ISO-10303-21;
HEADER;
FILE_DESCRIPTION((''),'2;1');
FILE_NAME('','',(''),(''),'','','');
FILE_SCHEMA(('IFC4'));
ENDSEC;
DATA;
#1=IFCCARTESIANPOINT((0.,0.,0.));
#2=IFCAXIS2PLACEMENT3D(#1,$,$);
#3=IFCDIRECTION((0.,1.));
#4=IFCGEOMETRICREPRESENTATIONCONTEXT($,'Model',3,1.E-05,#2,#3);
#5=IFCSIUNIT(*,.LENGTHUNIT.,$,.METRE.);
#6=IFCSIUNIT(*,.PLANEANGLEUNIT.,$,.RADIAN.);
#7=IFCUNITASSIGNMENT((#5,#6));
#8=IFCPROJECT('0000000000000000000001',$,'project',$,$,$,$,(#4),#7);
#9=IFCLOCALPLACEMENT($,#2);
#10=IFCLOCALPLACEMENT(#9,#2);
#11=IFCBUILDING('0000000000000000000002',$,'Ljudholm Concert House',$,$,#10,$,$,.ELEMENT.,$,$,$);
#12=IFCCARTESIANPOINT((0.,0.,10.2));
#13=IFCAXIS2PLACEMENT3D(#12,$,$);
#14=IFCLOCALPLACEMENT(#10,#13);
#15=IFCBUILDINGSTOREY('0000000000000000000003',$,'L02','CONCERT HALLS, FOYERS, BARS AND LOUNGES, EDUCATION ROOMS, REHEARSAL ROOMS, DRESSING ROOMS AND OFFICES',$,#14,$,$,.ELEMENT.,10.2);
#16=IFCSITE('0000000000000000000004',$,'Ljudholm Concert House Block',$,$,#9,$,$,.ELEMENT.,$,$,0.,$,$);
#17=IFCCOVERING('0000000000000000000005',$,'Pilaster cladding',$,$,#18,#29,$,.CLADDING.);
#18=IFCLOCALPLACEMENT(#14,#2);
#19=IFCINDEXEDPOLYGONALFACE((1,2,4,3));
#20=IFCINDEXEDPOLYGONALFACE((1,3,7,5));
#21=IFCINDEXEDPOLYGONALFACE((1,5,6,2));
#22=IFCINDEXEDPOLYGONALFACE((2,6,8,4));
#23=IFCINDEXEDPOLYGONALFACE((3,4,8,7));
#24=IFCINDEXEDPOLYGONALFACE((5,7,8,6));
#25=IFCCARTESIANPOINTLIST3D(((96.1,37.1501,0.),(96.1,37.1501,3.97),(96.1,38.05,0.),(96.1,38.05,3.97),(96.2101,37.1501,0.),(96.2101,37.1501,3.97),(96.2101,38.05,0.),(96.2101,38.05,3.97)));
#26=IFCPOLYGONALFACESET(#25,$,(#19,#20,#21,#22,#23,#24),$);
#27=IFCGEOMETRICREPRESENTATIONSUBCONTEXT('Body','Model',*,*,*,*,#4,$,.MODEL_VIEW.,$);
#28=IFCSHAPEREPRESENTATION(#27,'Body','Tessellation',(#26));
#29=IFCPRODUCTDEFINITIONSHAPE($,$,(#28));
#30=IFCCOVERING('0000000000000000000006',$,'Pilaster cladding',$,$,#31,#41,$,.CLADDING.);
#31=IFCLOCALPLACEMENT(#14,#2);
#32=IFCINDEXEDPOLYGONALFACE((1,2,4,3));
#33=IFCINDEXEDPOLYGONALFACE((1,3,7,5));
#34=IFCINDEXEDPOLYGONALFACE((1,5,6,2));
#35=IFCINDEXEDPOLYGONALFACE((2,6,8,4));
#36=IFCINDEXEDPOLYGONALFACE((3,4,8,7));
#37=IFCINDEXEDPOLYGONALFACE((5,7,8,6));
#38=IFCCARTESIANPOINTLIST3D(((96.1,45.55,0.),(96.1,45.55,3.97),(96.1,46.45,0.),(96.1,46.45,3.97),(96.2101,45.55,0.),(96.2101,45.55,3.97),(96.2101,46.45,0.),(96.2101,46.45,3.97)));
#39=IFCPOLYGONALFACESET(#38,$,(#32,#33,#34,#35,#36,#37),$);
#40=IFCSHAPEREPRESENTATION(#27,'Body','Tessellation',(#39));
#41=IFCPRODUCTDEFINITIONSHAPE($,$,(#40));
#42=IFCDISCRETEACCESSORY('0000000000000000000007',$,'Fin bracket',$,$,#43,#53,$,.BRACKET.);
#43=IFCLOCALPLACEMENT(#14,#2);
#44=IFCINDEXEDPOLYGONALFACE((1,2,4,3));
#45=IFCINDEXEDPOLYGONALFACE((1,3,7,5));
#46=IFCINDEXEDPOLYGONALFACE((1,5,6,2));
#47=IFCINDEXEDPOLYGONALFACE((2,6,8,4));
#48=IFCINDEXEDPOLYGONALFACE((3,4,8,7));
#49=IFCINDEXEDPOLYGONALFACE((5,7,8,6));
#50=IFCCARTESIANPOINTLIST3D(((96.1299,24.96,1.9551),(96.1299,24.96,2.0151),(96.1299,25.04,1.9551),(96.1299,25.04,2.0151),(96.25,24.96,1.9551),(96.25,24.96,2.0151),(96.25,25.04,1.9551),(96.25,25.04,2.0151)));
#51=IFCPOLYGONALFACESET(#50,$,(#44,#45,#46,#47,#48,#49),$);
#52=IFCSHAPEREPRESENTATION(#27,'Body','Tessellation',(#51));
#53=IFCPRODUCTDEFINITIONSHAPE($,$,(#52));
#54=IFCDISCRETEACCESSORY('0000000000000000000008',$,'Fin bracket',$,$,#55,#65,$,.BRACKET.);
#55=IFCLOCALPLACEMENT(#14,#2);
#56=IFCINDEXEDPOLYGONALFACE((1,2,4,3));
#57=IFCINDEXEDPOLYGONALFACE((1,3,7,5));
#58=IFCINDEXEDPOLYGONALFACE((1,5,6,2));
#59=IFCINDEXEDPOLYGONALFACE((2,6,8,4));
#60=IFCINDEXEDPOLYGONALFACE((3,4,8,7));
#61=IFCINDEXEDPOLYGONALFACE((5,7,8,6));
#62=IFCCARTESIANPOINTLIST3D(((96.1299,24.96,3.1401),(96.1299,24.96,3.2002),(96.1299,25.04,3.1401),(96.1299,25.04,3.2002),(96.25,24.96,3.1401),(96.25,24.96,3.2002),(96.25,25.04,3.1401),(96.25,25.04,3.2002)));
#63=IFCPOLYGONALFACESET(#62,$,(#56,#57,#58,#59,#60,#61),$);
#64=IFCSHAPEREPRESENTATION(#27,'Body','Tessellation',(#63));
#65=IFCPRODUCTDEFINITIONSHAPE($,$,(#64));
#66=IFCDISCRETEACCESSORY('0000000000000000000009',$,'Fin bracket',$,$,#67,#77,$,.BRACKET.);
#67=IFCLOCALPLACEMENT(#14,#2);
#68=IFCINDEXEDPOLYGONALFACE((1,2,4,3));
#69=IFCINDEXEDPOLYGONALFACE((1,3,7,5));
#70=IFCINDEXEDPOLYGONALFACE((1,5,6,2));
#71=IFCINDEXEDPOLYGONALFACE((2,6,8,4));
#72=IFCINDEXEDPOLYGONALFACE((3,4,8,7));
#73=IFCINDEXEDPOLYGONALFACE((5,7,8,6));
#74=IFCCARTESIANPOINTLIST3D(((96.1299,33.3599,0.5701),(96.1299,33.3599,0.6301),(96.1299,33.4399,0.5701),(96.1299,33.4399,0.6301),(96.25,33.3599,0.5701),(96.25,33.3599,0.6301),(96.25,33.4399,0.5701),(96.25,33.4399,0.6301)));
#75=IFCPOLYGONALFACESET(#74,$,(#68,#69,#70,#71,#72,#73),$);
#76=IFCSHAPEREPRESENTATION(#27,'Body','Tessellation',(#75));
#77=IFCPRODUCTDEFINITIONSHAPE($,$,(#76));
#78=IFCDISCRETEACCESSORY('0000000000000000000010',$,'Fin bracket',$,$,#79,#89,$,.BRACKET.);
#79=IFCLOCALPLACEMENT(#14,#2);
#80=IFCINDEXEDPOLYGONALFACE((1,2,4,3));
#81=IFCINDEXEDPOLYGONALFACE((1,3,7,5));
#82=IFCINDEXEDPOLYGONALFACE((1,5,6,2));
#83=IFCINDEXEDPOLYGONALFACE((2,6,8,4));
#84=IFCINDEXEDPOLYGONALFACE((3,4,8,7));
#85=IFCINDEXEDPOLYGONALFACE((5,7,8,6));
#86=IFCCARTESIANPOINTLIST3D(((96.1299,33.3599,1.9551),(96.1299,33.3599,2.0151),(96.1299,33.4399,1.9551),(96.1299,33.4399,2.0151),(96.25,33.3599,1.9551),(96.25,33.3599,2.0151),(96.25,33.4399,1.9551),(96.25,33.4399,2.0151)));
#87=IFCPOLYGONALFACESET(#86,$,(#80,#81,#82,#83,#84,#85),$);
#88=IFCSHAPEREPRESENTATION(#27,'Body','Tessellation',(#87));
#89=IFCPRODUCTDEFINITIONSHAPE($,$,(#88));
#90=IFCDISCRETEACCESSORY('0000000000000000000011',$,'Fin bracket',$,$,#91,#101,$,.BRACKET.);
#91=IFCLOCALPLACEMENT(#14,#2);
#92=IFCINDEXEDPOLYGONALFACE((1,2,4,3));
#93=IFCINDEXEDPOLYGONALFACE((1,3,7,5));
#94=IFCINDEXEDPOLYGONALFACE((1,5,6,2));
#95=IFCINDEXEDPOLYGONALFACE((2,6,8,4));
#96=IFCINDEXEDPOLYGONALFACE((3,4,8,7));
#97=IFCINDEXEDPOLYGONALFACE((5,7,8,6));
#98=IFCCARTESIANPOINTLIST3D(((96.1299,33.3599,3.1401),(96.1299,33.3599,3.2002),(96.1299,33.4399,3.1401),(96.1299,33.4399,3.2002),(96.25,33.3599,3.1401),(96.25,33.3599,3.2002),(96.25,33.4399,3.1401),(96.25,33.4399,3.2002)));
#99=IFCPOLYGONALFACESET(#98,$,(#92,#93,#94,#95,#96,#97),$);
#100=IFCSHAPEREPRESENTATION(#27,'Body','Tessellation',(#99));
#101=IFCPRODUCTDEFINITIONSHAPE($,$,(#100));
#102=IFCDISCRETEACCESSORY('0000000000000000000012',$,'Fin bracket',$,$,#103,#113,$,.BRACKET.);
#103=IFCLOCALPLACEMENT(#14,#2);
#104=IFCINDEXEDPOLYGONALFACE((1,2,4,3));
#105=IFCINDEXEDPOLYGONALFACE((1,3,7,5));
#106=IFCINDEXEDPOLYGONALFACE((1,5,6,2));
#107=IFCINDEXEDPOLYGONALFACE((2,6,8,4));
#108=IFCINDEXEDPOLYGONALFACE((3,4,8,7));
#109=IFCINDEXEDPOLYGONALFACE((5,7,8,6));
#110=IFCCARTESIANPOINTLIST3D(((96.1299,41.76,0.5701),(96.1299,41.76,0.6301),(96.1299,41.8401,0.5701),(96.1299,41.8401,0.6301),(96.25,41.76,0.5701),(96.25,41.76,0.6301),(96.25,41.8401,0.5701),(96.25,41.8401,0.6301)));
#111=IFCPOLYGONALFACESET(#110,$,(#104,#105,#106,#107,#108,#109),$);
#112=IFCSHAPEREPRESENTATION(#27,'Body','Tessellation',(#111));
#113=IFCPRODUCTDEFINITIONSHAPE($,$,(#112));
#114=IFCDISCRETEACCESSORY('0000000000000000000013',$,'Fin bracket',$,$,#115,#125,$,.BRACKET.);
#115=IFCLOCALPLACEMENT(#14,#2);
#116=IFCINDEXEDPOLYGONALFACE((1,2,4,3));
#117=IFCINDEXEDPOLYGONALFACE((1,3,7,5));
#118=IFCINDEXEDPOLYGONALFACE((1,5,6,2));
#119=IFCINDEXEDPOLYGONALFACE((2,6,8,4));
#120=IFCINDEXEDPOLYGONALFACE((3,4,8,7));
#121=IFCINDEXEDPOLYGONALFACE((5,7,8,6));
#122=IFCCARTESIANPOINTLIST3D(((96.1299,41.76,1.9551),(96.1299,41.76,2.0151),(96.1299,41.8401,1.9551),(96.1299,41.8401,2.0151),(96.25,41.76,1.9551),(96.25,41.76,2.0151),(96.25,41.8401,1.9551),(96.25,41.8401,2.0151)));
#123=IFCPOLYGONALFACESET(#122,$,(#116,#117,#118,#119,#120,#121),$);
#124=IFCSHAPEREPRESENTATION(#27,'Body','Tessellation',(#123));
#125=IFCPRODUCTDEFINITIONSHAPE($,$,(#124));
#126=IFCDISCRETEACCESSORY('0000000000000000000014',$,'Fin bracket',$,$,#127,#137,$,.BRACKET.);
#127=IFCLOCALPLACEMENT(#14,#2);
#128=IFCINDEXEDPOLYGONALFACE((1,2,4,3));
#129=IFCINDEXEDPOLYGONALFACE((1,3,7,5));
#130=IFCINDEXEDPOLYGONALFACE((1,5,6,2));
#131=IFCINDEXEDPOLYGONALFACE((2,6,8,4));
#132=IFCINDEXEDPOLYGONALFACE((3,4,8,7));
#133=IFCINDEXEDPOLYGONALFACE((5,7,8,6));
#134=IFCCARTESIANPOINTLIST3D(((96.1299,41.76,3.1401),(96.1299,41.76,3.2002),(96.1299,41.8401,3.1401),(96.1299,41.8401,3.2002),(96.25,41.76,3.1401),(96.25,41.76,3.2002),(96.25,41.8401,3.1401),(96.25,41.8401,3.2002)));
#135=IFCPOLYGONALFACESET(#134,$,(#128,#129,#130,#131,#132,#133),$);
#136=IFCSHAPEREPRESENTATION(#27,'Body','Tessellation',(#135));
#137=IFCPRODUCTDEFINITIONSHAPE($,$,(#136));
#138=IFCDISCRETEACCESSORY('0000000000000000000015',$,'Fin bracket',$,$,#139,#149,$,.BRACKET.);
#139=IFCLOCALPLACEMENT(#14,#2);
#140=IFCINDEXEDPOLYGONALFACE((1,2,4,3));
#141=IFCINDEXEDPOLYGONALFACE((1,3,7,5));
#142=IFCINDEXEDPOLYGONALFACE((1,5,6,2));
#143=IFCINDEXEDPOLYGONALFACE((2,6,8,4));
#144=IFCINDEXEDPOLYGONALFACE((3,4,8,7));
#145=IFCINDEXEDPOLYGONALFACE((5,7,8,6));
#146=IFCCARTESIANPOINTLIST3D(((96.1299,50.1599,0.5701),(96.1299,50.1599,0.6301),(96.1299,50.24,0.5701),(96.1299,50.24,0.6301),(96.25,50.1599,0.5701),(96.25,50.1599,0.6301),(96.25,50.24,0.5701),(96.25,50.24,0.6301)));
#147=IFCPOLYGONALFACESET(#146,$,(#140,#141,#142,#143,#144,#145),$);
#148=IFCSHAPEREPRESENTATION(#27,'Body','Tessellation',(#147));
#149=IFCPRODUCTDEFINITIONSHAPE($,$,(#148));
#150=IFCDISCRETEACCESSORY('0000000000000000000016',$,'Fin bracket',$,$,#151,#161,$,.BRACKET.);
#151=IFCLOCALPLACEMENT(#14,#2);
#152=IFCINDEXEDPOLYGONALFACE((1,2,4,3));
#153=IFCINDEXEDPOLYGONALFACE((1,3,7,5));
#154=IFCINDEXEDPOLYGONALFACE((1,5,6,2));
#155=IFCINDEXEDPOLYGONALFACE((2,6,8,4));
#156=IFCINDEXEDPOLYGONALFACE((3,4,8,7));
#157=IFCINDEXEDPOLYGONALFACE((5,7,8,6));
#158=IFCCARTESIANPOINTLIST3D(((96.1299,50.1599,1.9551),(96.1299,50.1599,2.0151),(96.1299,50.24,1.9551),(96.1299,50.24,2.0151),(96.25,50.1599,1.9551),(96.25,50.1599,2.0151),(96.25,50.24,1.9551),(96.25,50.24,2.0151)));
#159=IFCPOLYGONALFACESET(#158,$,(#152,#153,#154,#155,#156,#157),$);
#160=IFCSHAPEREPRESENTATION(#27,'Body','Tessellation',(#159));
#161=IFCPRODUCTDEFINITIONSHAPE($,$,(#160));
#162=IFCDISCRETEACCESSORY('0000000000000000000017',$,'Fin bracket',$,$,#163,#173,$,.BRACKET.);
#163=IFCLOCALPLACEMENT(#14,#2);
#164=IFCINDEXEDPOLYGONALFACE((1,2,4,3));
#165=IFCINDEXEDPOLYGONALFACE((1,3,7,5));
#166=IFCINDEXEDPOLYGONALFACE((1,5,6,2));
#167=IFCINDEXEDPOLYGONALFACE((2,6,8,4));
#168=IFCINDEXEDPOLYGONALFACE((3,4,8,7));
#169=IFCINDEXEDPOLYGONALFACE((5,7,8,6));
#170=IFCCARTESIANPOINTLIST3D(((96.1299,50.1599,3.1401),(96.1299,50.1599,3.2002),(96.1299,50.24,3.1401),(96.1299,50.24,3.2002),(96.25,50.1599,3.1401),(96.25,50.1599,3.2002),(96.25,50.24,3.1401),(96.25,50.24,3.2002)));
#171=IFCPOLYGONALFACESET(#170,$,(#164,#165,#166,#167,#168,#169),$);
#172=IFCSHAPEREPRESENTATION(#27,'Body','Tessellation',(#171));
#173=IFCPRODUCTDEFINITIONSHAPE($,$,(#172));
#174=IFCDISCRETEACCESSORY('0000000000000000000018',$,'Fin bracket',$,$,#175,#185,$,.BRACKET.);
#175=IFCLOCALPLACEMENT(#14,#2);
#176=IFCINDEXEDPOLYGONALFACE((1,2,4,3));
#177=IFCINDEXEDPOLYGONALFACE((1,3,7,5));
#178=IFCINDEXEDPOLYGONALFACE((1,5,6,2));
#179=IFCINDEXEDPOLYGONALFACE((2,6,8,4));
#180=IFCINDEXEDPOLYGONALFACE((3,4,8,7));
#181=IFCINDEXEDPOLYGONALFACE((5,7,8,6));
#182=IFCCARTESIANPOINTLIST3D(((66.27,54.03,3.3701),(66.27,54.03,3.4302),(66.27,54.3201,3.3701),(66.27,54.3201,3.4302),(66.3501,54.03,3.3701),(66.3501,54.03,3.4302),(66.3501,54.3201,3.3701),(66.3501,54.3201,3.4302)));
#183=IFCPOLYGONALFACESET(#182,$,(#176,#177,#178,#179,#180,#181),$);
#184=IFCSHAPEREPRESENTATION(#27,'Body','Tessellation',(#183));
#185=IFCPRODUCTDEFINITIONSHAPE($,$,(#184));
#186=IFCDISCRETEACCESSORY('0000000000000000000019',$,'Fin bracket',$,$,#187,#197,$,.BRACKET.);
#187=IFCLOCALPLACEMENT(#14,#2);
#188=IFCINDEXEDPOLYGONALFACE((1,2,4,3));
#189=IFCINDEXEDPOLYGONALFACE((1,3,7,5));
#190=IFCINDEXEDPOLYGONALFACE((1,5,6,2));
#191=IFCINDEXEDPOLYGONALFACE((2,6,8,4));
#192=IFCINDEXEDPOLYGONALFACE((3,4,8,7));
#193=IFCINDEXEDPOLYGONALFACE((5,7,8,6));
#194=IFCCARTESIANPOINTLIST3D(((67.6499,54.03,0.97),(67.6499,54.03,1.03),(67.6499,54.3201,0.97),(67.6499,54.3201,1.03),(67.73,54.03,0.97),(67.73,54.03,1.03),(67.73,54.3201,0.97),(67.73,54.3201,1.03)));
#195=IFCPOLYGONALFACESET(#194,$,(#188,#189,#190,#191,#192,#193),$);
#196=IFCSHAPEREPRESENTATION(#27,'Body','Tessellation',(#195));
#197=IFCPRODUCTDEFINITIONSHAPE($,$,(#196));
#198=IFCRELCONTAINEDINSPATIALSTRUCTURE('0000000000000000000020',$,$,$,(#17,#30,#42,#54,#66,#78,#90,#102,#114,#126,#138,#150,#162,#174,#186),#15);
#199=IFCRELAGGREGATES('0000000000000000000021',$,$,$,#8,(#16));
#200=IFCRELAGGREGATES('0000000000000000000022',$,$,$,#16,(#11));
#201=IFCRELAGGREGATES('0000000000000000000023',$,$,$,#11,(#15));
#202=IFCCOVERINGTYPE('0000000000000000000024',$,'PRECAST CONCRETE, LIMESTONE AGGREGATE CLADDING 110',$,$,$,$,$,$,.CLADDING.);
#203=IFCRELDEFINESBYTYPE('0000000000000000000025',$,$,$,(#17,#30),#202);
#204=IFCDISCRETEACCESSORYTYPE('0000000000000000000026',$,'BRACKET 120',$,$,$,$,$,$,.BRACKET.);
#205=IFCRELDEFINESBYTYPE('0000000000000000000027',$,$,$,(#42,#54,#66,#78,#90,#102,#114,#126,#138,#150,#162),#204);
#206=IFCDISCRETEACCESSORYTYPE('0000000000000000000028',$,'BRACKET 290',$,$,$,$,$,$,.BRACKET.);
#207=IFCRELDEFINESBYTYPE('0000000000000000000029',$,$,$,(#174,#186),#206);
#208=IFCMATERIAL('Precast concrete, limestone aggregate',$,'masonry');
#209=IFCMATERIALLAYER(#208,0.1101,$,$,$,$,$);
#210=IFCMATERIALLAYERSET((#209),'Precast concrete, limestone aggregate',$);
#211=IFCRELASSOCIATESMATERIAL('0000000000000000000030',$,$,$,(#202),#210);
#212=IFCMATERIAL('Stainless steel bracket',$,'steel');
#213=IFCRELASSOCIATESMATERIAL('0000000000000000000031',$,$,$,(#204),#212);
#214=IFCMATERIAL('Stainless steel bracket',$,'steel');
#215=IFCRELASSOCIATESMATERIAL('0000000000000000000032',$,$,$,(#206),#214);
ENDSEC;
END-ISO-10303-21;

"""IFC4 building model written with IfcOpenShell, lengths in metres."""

from ifc_helpers import new_model, si_unit, direction, frame, origin, origin_2d, place, context, subcontext, project, spatial, rectangle, extrude, material, layer, layer_set, type_object, element, save


model = new_model("IFC4")

# Units and contexts
model_context = context("Model", 3, precision=1e-05, world=origin(), true_north=direction((0.0, 1.0)))
body_context = subcontext(model_context, "Body", "Model", "MODEL_VIEW")
ifc_project = project(units=[si_unit("LENGTHUNIT", "METRE"), si_unit("PLANEANGLEUNIT", "RADIAN")], contexts=[model_context])

# Site, building, storey
site_placement = place(None, origin())
site = spatial("IfcSite", under=ifc_project, at=site_placement, Name="Ljudholm Concert House Block", CompositionType="ELEMENT", RefElevation=0.0)
building_placement = place(site_placement, origin())
building = spatial("IfcBuilding", under=site, at=building_placement, Name="Ljudholm Concert House", CompositionType="ELEMENT")
storey_placement = place(building_placement, frame((0.0, 0.0, 10.2)))
storey = spatial("IfcBuildingStorey", under=building, at=storey_placement, Name="L02", Description="CONCERT HALLS, FOYERS, BARS AND LOUNGES, EDUCATION ROOMS, REHEARSAL ROOMS, DRESSING ROOMS AND OFFICES", CompositionType="ELEMENT", Elevation=10.2)

# Coverings
ifc_material_1 = material(Name="Precast concrete, limestone aggregate", Category="masonry")
ifc_layer = layer(ifc_material_1, 0.1101)
ifc_layer_set = layer_set([ifc_layer], Name="Precast concrete, limestone aggregate")
covering_type = type_object("IfcCoveringType", Name="PRECAST CONCRETE, LIMESTONE AGGREGATE CLADDING 110", PredefinedType="CLADDING", material=ifc_layer_set)
for number, where, z_axis, x_axis, name in (
    (1, (96.155, 37.6001, 0.0), (0.0, 0.0, 1.0), (-1.0, 0.0, 0.0), "Pilaster cladding"),
    (2, (96.155, 46.0, 0.0), (0.0, 0.0, 1.0), (-1.0, 0.0, 0.0), "Pilaster cladding"),
):
    element("IfcCovering", number, at=place(storey_placement, frame(where, z_axis=z_axis, x_axis=x_axis)), inside=storey, type_object=covering_type, Name=name, PredefinedType="CLADDING", context=body_context, shape_type="SweptSolid", body=[
        extrude(rectangle(XDim=0.1101, YDim=0.8999, at=origin_2d()), origin(), (0.0, 0.0, 1.0), 3.97),
    ])

# Discrete accessories
ifc_material_2 = material(Name="Stainless steel bracket", Category="steel")
discrete_accessory_type_1 = type_object("IfcDiscreteAccessoryType", Name="BRACKET 120", PredefinedType="BRACKET", material=ifc_material_2)
for number, where, z_axis, x_axis, name in (
    (3, (96.1899, 25.0, 1.9551), (0.0, 0.0, 1.0), (-1.0, 0.0, 0.0), "Fin bracket"),
    (4, (96.1899, 25.0, 3.1401), (0.0, 0.0, 1.0), (-1.0, 0.0, 0.0), "Fin bracket"),
    (5, (96.1899, 33.3999, 0.5701), (0.0, 0.0, 1.0), (-1.0, 0.0, 0.0), "Fin bracket"),
    (6, (96.1899, 33.3999, 1.9551), (0.0, 0.0, 1.0), (-1.0, 0.0, 0.0), "Fin bracket"),
    (7, (96.1899, 33.3999, 3.1401), (0.0, 0.0, 1.0), (-1.0, 0.0, 0.0), "Fin bracket"),
    (8, (96.1899, 41.8, 0.5701), (0.0, 0.0, 1.0), (-1.0, 0.0, 0.0), "Fin bracket"),
    (9, (96.1899, 41.8, 1.9551), (0.0, 0.0, 1.0), (-1.0, 0.0, 0.0), "Fin bracket"),
    (10, (96.1899, 41.8, 3.1401), (0.0, 0.0, 1.0), (-1.0, 0.0, 0.0), "Fin bracket"),
    (11, (96.1899, 50.2, 0.5701), (0.0, 0.0, 1.0), (-1.0, 0.0, 0.0), "Fin bracket"),
    (12, (96.1899, 50.2, 1.9551), (0.0, 0.0, 1.0), (-1.0, 0.0, 0.0), "Fin bracket"),
    (13, (96.1899, 50.2, 3.1401), (0.0, 0.0, 1.0), (-1.0, 0.0, 0.0), "Fin bracket"),
):
    element("IfcDiscreteAccessory", number, at=place(storey_placement, frame(where, z_axis=z_axis, x_axis=x_axis)), inside=storey, type_object=discrete_accessory_type_1, Name=name, PredefinedType="BRACKET", context=body_context, shape_type="SweptSolid", body=[
        extrude(rectangle(XDim=0.1201, YDim=0.0801, at=origin_2d()), origin(), (0.0, 0.0, 1.0), 0.0601),
    ])
ifc_material_3 = material(Name="Stainless steel bracket", Category="steel")
discrete_accessory_type_2 = type_object("IfcDiscreteAccessoryType", Name="BRACKET 290", PredefinedType="BRACKET", material=ifc_material_3)
for number, where, z_axis, x_axis, name in (
    (14, (66.3101, 54.175, 3.3701), (0.0, 0.0, 1.0), (0.0, -1.0, 0.0), "Fin bracket"),
    (15, (67.6899, 54.175, 0.97), (0.0, 0.0, 1.0), (0.0, -1.0, 0.0), "Fin bracket"),
):
    element("IfcDiscreteAccessory", number, at=place(storey_placement, frame(where, z_axis=z_axis, x_axis=x_axis)), inside=storey, type_object=discrete_accessory_type_2, Name=name, PredefinedType="BRACKET", context=body_context, shape_type="SweptSolid", body=[
        extrude(rectangle(XDim=0.29, YDim=0.0801, at=origin_2d()), origin(), (0.0, 0.0, 1.0), 0.0601),
    ])

save(model, "model.ifc")
